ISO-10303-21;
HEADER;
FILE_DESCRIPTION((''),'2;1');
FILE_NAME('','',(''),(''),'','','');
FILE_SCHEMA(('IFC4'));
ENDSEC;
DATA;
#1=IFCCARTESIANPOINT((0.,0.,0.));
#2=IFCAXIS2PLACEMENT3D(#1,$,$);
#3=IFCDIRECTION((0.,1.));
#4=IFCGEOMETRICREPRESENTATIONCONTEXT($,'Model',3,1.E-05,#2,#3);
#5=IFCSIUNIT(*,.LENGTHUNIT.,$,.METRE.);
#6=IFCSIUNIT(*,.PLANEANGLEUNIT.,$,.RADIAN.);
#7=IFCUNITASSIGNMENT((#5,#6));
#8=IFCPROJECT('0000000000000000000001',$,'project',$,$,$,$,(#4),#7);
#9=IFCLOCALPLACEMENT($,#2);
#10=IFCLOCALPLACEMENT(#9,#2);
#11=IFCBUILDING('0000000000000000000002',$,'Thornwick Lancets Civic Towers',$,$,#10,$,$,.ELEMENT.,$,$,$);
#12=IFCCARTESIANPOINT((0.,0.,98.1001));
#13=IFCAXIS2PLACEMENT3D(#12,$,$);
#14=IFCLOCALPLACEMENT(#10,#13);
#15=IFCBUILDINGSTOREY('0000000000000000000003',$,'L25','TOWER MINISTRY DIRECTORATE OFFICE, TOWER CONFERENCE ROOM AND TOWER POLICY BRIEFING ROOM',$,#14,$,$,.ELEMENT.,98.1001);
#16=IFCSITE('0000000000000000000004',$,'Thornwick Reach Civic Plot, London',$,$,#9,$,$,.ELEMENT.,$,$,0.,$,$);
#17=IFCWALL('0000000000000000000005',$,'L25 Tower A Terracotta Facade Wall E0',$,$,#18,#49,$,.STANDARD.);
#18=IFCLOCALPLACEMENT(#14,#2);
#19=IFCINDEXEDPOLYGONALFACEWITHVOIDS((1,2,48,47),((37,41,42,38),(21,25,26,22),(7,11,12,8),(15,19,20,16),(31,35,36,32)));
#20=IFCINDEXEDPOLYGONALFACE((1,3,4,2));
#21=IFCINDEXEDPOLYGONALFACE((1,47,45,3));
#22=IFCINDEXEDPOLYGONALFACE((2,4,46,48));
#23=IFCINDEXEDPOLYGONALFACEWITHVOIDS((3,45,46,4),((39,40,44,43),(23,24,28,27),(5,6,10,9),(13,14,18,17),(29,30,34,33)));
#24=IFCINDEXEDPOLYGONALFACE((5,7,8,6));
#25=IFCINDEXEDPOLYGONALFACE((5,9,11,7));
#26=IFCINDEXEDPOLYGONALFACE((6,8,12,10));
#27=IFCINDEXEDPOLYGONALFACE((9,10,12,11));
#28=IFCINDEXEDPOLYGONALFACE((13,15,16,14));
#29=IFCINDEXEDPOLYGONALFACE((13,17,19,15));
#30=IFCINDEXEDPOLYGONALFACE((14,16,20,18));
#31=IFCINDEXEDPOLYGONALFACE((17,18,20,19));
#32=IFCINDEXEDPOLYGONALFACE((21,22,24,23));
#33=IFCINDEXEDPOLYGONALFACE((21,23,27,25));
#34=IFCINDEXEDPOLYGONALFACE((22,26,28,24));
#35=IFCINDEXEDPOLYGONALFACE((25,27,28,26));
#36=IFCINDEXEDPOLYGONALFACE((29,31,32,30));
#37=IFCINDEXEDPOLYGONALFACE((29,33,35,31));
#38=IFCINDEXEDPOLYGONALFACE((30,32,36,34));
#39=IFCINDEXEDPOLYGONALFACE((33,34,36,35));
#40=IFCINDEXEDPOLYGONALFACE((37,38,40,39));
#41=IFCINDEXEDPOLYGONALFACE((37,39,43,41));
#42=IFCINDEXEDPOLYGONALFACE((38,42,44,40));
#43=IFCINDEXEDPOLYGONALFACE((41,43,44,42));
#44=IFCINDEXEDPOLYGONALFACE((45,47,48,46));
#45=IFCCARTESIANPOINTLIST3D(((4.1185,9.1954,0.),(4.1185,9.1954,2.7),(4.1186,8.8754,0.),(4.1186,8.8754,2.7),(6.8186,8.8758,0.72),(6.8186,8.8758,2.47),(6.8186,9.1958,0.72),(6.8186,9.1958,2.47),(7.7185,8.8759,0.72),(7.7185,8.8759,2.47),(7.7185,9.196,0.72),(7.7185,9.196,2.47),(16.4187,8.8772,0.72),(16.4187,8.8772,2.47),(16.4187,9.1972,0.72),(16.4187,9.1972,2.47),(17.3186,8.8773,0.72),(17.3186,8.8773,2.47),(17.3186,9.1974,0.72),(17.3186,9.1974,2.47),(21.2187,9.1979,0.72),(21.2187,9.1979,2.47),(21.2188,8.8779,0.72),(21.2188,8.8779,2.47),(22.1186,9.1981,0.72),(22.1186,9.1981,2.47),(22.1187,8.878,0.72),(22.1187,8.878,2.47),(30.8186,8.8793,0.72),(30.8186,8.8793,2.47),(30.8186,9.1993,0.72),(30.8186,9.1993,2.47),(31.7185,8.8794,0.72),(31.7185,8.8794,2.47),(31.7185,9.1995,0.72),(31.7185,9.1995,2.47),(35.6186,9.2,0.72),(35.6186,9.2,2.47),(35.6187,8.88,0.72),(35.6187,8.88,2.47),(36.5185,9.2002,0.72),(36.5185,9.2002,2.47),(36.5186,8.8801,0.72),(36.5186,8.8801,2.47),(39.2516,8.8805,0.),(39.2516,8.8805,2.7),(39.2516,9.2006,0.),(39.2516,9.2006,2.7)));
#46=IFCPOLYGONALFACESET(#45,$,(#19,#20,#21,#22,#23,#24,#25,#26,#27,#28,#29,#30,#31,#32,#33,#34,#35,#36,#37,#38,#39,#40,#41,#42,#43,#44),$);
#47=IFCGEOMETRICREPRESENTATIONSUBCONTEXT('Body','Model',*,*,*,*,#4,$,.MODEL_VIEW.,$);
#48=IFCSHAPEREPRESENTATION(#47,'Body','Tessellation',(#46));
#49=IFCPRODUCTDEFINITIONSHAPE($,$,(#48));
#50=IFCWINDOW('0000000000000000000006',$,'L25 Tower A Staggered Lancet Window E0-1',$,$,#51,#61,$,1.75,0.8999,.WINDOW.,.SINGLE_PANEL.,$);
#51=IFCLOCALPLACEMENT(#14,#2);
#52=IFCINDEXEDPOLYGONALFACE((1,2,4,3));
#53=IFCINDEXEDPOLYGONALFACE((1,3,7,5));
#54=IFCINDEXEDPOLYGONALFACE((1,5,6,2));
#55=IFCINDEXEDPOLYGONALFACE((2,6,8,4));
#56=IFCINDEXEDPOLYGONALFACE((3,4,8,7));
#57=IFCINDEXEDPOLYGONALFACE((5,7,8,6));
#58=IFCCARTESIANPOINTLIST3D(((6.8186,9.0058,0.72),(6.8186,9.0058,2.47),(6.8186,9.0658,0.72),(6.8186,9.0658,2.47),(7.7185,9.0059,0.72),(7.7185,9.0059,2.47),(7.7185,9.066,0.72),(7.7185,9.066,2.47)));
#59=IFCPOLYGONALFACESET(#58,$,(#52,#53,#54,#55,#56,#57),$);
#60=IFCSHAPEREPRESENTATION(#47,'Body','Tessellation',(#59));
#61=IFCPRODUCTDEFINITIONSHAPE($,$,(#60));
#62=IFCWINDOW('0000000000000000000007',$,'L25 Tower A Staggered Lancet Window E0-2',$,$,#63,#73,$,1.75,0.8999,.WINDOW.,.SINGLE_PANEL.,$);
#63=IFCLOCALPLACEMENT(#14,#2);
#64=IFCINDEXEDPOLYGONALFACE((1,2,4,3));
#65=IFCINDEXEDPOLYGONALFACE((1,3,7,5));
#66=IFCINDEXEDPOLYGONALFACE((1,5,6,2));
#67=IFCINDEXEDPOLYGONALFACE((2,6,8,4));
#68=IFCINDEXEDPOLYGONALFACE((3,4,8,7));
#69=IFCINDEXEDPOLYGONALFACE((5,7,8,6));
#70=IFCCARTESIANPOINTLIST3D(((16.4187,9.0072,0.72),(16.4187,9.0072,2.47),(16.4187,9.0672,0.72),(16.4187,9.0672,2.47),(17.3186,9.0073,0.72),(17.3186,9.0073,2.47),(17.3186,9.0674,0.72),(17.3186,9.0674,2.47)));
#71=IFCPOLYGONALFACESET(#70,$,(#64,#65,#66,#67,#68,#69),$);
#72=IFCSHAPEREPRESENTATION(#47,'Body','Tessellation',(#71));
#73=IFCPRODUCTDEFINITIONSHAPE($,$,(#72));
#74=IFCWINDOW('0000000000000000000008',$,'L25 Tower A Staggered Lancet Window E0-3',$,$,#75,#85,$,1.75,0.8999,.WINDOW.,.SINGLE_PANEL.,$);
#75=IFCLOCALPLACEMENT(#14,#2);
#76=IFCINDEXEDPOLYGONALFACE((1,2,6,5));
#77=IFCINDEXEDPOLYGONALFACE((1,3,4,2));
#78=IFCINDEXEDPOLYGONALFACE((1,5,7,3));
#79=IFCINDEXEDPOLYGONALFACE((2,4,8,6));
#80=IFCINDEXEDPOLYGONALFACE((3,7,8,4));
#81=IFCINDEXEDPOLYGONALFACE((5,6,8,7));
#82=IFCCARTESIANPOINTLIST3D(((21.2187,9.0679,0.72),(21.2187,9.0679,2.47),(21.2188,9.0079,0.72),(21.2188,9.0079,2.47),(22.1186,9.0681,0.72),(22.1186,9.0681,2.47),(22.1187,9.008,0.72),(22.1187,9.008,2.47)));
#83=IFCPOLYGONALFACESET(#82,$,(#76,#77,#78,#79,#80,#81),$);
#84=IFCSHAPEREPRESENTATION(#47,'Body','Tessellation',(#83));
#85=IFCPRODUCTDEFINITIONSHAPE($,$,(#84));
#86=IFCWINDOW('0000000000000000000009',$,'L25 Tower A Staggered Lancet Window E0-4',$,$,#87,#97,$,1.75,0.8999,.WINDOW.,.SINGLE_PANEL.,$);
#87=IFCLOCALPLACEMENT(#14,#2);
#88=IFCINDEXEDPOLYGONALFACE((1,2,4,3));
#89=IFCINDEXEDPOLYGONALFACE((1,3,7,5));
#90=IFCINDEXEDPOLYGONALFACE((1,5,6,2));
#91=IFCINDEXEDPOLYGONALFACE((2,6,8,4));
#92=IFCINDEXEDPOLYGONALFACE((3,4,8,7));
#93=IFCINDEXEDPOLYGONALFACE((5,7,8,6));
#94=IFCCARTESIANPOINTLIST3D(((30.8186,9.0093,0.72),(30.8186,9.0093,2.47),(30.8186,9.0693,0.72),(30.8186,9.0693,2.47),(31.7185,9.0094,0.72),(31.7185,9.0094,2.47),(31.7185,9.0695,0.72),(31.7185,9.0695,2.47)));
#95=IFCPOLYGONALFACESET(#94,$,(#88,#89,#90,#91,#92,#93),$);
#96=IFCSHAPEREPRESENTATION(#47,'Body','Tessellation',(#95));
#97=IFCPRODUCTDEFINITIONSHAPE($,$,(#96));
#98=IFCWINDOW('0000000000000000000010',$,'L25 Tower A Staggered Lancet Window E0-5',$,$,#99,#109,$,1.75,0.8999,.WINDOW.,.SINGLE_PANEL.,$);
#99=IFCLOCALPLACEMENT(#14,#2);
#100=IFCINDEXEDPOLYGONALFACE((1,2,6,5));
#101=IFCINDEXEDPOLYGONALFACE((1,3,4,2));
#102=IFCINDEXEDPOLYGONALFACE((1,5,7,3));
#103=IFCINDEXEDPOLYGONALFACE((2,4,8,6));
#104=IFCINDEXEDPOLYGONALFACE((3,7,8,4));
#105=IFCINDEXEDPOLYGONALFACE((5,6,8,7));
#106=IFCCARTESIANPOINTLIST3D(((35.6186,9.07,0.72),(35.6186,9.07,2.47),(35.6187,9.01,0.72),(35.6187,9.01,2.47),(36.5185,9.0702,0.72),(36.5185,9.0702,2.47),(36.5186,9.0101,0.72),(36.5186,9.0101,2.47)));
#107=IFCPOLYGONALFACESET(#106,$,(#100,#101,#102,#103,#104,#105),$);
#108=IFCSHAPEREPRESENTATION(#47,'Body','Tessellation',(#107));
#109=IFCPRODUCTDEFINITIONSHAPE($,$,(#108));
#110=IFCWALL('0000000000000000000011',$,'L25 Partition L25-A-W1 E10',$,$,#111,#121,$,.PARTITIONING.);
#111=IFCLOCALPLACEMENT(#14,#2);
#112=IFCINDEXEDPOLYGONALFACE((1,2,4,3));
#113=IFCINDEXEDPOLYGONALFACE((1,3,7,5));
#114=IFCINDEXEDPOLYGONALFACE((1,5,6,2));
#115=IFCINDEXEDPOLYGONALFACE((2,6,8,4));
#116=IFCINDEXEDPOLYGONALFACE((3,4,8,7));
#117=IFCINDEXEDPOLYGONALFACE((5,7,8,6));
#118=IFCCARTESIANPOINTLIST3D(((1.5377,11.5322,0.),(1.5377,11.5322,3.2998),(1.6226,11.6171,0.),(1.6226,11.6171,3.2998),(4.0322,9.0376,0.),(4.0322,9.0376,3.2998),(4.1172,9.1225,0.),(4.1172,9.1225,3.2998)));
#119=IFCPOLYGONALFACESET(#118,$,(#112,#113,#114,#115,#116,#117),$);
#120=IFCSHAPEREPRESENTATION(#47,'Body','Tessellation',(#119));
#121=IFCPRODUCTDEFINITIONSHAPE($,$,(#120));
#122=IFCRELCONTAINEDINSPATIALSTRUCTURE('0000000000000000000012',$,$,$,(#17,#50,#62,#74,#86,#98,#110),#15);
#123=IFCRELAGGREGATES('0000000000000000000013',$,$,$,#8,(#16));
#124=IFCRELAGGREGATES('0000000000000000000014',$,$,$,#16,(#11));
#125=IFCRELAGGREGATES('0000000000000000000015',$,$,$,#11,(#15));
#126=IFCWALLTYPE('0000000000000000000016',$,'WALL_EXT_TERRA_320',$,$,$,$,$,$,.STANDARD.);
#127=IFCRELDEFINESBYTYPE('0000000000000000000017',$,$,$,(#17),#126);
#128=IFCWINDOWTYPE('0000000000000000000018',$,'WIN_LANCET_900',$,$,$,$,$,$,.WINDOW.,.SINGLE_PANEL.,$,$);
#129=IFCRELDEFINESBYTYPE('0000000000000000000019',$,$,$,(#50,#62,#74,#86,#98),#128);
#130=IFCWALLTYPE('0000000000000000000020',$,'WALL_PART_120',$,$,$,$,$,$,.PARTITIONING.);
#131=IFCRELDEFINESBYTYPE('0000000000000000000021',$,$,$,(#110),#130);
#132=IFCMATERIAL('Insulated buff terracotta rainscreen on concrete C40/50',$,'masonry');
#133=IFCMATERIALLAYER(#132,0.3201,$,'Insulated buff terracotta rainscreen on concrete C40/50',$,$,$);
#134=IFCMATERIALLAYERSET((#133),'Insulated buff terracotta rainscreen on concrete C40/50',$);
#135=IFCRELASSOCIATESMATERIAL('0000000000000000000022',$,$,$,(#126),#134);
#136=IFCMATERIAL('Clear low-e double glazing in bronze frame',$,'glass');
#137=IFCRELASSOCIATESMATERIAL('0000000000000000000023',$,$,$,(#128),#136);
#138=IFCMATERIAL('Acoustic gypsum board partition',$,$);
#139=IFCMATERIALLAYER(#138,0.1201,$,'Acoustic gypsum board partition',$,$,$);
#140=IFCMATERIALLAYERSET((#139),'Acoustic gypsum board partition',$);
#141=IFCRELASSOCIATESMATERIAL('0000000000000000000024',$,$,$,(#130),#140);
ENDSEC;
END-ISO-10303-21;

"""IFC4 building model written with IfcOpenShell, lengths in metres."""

from ifc_helpers import new_model, si_unit, direction, frame, frame_2d, origin, place, context, subcontext, project, spatial, rectangle, extrude, material, layer, layer_set, type_object, element, fill, save


model = new_model("IFC4")

# Units and contexts
model_context = context("Model", 3, precision=1e-05, world=origin(), true_north=direction((0.0, 1.0)))
body_context = subcontext(model_context, "Body", "Model", "MODEL_VIEW")
ifc_project = project(units=[si_unit("LENGTHUNIT", "METRE"), si_unit("PLANEANGLEUNIT", "RADIAN")], contexts=[model_context])

# Site, building, storey
site_placement = place(None, origin())
site = spatial("IfcSite", under=ifc_project, at=site_placement, Name="Thornwick Reach Civic Plot, London", CompositionType="ELEMENT", RefElevation=0.0)
building_placement = place(site_placement, origin())
building = spatial("IfcBuilding", under=site, at=building_placement, Name="Thornwick Lancets Civic Towers", CompositionType="ELEMENT")
storey_placement = place(building_placement, frame((0.0, 0.0, 98.1001)))
storey = spatial("IfcBuildingStorey", under=building, at=storey_placement, Name="L25", Description="TOWER MINISTRY DIRECTORATE OFFICE, TOWER CONFERENCE ROOM AND TOWER POLICY BRIEFING ROOM", CompositionType="ELEMENT", Elevation=98.1001)

# Wall, openings, windows
ifc_material_1 = material(Name="Insulated buff terracotta rainscreen on concrete C40/50", Category="masonry")
ifc_layer_1 = layer(ifc_material_1, 0.3201, Name="Insulated buff terracotta rainscreen on concrete C40/50")
ifc_layer_set_1 = layer_set([ifc_layer_1], Name="Insulated buff terracotta rainscreen on concrete C40/50")
wall_type_1 = type_object("IfcWallType", Name="WALL_EXT_TERRA_320", PredefinedType="STANDARD", material=ifc_layer_set_1)
wall_1_placement = place(storey_placement, frame((4.1187, 9.0354, 0.0), z_axis=(0.0, 0.0, 1.0), x_axis=(1.0, 0.000146, 0.0)))
wall_1 = element("IfcWall", 1, at=wall_1_placement, inside=storey, type_object=wall_type_1, Name="L25 Tower A Terracotta Facade Wall E0", PredefinedType="STANDARD", context=body_context, shape_type="SweptSolid", body=[
    extrude(rectangle(XDim=35.1331, YDim=0.3201, at=frame_2d((17.5664, 0.0))), origin(), (0.0, 0.0, 1.0), 2.7),
])
opening_1_placement = place(wall_1_placement, frame((2.7, 0.0, 0.72)))
opening_1 = element("IfcOpeningElement", 2, at=opening_1_placement, cuts=wall_1, PredefinedType="OPENING", context=body_context, shape_type="SweptSolid", body=[
    extrude(rectangle(XDim=0.8999, YDim=1.75, at=frame_2d((0.45, 0.875))), frame((0.0, 0.1699, 0.0), z_axis=(0.0, -1.0, 0.0), x_axis=(1.0, 0.0, 0.0)), (0.0, 0.0, 1.0), 0.3401),
])
opening_2_placement = place(wall_1_placement, frame((12.3, 0.0, 0.72)))
opening_2 = element("IfcOpeningElement", 3, at=opening_2_placement, cuts=wall_1, PredefinedType="OPENING", context=body_context, shape_type="SweptSolid", body=[
    extrude(rectangle(XDim=0.8999, YDim=1.75, at=frame_2d((0.45, 0.875))), frame((0.0, 0.1699, 0.0), z_axis=(0.0, -1.0, 0.0), x_axis=(1.0, 0.0, 0.0)), (0.0, 0.0, 1.0), 0.3401),
])
opening_3_placement = place(wall_1_placement, frame((17.1001, 0.0, 0.72)))
opening_3 = element("IfcOpeningElement", 4, at=opening_3_placement, cuts=wall_1, PredefinedType="OPENING", context=body_context, shape_type="SweptSolid", body=[
    extrude(rectangle(XDim=0.8999, YDim=1.75, at=frame_2d((0.45, 0.875))), frame((0.0, 0.1699, 0.0), z_axis=(0.0, -1.0, 0.0), x_axis=(1.0, 0.0, 0.0)), (0.0, 0.0, 1.0), 0.3401),
])
opening_4_placement = place(wall_1_placement, frame((26.7, 0.0, 0.72)))
opening_4 = element("IfcOpeningElement", 5, at=opening_4_placement, cuts=wall_1, PredefinedType="OPENING", context=body_context, shape_type="SweptSolid", body=[
    extrude(rectangle(XDim=0.8999, YDim=1.75, at=frame_2d((0.45, 0.875))), frame((0.0, 0.1699, 0.0), z_axis=(0.0, -1.0, 0.0), x_axis=(1.0, 0.0, 0.0)), (0.0, 0.0, 1.0), 0.3401),
])
opening_5_placement = place(wall_1_placement, frame((31.5, 0.0, 0.72)))
opening_5 = element("IfcOpeningElement", 6, at=opening_5_placement, cuts=wall_1, PredefinedType="OPENING", context=body_context, shape_type="SweptSolid", body=[
    extrude(rectangle(XDim=0.8999, YDim=1.75, at=frame_2d((0.45, 0.875))), frame((0.0, 0.1699, 0.0), z_axis=(0.0, -1.0, 0.0), x_axis=(1.0, 0.0, 0.0)), (0.0, 0.0, 1.0), 0.3401),
])
ifc_material_2 = material(Name="Clear low-e double glazing in bronze frame", Category="glass")
window_type = type_object("IfcWindowType", Name="WIN_LANCET_900", PartitioningType="SINGLE_PANEL", PredefinedType="WINDOW", material=ifc_material_2)
window_1_placement = place(opening_1_placement, origin())
window_1 = element("IfcWindow", 7, at=window_1_placement, inside=storey, type_object=window_type, Name="L25 Tower A Staggered Lancet Window E0-1", OverallHeight=1.75, OverallWidth=0.8999, PartitioningType="SINGLE_PANEL", PredefinedType="WINDOW", context=body_context, shape_type="SweptSolid", body=[
    extrude(rectangle(XDim=0.8999, YDim=1.75, at=frame_2d((0.45, 0.875))), frame((0.0, 0.03, 0.0), z_axis=(0.0, -1.0, 0.0), x_axis=(1.0, 0.0, 0.0)), (0.0, 0.0, 1.0), 0.0601),
])
fill(opening_1, window_1)
window_2_placement = place(opening_2_placement, origin())
window_2 = element("IfcWindow", 8, at=window_2_placement, inside=storey, type_object=window_type, Name="L25 Tower A Staggered Lancet Window E0-2", OverallHeight=1.75, OverallWidth=0.8999, PartitioningType="SINGLE_PANEL", PredefinedType="WINDOW", context=body_context, shape_type="SweptSolid", body=[
    extrude(rectangle(XDim=0.8999, YDim=1.75, at=frame_2d((0.45, 0.875))), frame((0.0, 0.03, 0.0), z_axis=(0.0, -1.0, 0.0), x_axis=(1.0, 0.0, 0.0)), (0.0, 0.0, 1.0), 0.0601),
])
fill(opening_2, window_2)
window_3_placement = place(opening_3_placement, origin())
window_3 = element("IfcWindow", 9, at=window_3_placement, inside=storey, type_object=window_type, Name="L25 Tower A Staggered Lancet Window E0-3", OverallHeight=1.75, OverallWidth=0.8999, PartitioningType="SINGLE_PANEL", PredefinedType="WINDOW", context=body_context, shape_type="SweptSolid", body=[
    extrude(rectangle(XDim=0.8999, YDim=1.75, at=frame_2d((0.45, 0.875))), frame((0.0, 0.03, 0.0), z_axis=(0.0, -1.0, 0.0), x_axis=(1.0, 0.0, 0.0)), (0.0, 0.0, 1.0), 0.0601),
])
fill(opening_3, window_3)
window_4_placement = place(opening_4_placement, origin())
window_4 = element("IfcWindow", 10, at=window_4_placement, inside=storey, type_object=window_type, Name="L25 Tower A Staggered Lancet Window E0-4", OverallHeight=1.75, OverallWidth=0.8999, PartitioningType="SINGLE_PANEL", PredefinedType="WINDOW", context=body_context, shape_type="SweptSolid", body=[
    extrude(rectangle(XDim=0.8999, YDim=1.75, at=frame_2d((0.45, 0.875))), frame((0.0, 0.03, 0.0), z_axis=(0.0, -1.0, 0.0), x_axis=(1.0, 0.0, 0.0)), (0.0, 0.0, 1.0), 0.0601),
])
fill(opening_4, window_4)
window_5_placement = place(opening_5_placement, origin())
window_5 = element("IfcWindow", 11, at=window_5_placement, inside=storey, type_object=window_type, Name="L25 Tower A Staggered Lancet Window E0-5", OverallHeight=1.75, OverallWidth=0.8999, PartitioningType="SINGLE_PANEL", PredefinedType="WINDOW", context=body_context, shape_type="SweptSolid", body=[
    extrude(rectangle(XDim=0.8999, YDim=1.75, at=frame_2d((0.45, 0.875))), frame((0.0, 0.03, 0.0), z_axis=(0.0, -1.0, 0.0), x_axis=(1.0, 0.0, 0.0)), (0.0, 0.0, 1.0), 0.0601),
])
fill(opening_5, window_5)

# Wall
ifc_material_3 = material(Name="Acoustic gypsum board partition")
ifc_layer_2 = layer(ifc_material_3, 0.1201, Name="Acoustic gypsum board partition")
ifc_layer_set_2 = layer_set([ifc_layer_2], Name="Acoustic gypsum board partition")
wall_type_2 = type_object("IfcWallType", Name="WALL_PART_120", PredefinedType="PARTITIONING", material=ifc_layer_set_2)
wall_2_placement = place(storey_placement, frame((4.0747, 9.0801, 0.0), z_axis=(0.0, 0.0, 1.0), x_axis=(-0.707107, 0.707107, 0.0)))
element("IfcWall", 12, at=wall_2_placement, inside=storey, type_object=wall_type_2, Name="L25 Partition L25-A-W1 E10", PredefinedType="PARTITIONING", context=body_context, shape_type="SweptSolid", body=[
    extrude(rectangle(XDim=3.5278, YDim=0.1201, at=frame_2d((1.7639, 0.0))), origin(), (0.0, 0.0, 1.0), 3.2998),
])

save(model, "model.ifc")
